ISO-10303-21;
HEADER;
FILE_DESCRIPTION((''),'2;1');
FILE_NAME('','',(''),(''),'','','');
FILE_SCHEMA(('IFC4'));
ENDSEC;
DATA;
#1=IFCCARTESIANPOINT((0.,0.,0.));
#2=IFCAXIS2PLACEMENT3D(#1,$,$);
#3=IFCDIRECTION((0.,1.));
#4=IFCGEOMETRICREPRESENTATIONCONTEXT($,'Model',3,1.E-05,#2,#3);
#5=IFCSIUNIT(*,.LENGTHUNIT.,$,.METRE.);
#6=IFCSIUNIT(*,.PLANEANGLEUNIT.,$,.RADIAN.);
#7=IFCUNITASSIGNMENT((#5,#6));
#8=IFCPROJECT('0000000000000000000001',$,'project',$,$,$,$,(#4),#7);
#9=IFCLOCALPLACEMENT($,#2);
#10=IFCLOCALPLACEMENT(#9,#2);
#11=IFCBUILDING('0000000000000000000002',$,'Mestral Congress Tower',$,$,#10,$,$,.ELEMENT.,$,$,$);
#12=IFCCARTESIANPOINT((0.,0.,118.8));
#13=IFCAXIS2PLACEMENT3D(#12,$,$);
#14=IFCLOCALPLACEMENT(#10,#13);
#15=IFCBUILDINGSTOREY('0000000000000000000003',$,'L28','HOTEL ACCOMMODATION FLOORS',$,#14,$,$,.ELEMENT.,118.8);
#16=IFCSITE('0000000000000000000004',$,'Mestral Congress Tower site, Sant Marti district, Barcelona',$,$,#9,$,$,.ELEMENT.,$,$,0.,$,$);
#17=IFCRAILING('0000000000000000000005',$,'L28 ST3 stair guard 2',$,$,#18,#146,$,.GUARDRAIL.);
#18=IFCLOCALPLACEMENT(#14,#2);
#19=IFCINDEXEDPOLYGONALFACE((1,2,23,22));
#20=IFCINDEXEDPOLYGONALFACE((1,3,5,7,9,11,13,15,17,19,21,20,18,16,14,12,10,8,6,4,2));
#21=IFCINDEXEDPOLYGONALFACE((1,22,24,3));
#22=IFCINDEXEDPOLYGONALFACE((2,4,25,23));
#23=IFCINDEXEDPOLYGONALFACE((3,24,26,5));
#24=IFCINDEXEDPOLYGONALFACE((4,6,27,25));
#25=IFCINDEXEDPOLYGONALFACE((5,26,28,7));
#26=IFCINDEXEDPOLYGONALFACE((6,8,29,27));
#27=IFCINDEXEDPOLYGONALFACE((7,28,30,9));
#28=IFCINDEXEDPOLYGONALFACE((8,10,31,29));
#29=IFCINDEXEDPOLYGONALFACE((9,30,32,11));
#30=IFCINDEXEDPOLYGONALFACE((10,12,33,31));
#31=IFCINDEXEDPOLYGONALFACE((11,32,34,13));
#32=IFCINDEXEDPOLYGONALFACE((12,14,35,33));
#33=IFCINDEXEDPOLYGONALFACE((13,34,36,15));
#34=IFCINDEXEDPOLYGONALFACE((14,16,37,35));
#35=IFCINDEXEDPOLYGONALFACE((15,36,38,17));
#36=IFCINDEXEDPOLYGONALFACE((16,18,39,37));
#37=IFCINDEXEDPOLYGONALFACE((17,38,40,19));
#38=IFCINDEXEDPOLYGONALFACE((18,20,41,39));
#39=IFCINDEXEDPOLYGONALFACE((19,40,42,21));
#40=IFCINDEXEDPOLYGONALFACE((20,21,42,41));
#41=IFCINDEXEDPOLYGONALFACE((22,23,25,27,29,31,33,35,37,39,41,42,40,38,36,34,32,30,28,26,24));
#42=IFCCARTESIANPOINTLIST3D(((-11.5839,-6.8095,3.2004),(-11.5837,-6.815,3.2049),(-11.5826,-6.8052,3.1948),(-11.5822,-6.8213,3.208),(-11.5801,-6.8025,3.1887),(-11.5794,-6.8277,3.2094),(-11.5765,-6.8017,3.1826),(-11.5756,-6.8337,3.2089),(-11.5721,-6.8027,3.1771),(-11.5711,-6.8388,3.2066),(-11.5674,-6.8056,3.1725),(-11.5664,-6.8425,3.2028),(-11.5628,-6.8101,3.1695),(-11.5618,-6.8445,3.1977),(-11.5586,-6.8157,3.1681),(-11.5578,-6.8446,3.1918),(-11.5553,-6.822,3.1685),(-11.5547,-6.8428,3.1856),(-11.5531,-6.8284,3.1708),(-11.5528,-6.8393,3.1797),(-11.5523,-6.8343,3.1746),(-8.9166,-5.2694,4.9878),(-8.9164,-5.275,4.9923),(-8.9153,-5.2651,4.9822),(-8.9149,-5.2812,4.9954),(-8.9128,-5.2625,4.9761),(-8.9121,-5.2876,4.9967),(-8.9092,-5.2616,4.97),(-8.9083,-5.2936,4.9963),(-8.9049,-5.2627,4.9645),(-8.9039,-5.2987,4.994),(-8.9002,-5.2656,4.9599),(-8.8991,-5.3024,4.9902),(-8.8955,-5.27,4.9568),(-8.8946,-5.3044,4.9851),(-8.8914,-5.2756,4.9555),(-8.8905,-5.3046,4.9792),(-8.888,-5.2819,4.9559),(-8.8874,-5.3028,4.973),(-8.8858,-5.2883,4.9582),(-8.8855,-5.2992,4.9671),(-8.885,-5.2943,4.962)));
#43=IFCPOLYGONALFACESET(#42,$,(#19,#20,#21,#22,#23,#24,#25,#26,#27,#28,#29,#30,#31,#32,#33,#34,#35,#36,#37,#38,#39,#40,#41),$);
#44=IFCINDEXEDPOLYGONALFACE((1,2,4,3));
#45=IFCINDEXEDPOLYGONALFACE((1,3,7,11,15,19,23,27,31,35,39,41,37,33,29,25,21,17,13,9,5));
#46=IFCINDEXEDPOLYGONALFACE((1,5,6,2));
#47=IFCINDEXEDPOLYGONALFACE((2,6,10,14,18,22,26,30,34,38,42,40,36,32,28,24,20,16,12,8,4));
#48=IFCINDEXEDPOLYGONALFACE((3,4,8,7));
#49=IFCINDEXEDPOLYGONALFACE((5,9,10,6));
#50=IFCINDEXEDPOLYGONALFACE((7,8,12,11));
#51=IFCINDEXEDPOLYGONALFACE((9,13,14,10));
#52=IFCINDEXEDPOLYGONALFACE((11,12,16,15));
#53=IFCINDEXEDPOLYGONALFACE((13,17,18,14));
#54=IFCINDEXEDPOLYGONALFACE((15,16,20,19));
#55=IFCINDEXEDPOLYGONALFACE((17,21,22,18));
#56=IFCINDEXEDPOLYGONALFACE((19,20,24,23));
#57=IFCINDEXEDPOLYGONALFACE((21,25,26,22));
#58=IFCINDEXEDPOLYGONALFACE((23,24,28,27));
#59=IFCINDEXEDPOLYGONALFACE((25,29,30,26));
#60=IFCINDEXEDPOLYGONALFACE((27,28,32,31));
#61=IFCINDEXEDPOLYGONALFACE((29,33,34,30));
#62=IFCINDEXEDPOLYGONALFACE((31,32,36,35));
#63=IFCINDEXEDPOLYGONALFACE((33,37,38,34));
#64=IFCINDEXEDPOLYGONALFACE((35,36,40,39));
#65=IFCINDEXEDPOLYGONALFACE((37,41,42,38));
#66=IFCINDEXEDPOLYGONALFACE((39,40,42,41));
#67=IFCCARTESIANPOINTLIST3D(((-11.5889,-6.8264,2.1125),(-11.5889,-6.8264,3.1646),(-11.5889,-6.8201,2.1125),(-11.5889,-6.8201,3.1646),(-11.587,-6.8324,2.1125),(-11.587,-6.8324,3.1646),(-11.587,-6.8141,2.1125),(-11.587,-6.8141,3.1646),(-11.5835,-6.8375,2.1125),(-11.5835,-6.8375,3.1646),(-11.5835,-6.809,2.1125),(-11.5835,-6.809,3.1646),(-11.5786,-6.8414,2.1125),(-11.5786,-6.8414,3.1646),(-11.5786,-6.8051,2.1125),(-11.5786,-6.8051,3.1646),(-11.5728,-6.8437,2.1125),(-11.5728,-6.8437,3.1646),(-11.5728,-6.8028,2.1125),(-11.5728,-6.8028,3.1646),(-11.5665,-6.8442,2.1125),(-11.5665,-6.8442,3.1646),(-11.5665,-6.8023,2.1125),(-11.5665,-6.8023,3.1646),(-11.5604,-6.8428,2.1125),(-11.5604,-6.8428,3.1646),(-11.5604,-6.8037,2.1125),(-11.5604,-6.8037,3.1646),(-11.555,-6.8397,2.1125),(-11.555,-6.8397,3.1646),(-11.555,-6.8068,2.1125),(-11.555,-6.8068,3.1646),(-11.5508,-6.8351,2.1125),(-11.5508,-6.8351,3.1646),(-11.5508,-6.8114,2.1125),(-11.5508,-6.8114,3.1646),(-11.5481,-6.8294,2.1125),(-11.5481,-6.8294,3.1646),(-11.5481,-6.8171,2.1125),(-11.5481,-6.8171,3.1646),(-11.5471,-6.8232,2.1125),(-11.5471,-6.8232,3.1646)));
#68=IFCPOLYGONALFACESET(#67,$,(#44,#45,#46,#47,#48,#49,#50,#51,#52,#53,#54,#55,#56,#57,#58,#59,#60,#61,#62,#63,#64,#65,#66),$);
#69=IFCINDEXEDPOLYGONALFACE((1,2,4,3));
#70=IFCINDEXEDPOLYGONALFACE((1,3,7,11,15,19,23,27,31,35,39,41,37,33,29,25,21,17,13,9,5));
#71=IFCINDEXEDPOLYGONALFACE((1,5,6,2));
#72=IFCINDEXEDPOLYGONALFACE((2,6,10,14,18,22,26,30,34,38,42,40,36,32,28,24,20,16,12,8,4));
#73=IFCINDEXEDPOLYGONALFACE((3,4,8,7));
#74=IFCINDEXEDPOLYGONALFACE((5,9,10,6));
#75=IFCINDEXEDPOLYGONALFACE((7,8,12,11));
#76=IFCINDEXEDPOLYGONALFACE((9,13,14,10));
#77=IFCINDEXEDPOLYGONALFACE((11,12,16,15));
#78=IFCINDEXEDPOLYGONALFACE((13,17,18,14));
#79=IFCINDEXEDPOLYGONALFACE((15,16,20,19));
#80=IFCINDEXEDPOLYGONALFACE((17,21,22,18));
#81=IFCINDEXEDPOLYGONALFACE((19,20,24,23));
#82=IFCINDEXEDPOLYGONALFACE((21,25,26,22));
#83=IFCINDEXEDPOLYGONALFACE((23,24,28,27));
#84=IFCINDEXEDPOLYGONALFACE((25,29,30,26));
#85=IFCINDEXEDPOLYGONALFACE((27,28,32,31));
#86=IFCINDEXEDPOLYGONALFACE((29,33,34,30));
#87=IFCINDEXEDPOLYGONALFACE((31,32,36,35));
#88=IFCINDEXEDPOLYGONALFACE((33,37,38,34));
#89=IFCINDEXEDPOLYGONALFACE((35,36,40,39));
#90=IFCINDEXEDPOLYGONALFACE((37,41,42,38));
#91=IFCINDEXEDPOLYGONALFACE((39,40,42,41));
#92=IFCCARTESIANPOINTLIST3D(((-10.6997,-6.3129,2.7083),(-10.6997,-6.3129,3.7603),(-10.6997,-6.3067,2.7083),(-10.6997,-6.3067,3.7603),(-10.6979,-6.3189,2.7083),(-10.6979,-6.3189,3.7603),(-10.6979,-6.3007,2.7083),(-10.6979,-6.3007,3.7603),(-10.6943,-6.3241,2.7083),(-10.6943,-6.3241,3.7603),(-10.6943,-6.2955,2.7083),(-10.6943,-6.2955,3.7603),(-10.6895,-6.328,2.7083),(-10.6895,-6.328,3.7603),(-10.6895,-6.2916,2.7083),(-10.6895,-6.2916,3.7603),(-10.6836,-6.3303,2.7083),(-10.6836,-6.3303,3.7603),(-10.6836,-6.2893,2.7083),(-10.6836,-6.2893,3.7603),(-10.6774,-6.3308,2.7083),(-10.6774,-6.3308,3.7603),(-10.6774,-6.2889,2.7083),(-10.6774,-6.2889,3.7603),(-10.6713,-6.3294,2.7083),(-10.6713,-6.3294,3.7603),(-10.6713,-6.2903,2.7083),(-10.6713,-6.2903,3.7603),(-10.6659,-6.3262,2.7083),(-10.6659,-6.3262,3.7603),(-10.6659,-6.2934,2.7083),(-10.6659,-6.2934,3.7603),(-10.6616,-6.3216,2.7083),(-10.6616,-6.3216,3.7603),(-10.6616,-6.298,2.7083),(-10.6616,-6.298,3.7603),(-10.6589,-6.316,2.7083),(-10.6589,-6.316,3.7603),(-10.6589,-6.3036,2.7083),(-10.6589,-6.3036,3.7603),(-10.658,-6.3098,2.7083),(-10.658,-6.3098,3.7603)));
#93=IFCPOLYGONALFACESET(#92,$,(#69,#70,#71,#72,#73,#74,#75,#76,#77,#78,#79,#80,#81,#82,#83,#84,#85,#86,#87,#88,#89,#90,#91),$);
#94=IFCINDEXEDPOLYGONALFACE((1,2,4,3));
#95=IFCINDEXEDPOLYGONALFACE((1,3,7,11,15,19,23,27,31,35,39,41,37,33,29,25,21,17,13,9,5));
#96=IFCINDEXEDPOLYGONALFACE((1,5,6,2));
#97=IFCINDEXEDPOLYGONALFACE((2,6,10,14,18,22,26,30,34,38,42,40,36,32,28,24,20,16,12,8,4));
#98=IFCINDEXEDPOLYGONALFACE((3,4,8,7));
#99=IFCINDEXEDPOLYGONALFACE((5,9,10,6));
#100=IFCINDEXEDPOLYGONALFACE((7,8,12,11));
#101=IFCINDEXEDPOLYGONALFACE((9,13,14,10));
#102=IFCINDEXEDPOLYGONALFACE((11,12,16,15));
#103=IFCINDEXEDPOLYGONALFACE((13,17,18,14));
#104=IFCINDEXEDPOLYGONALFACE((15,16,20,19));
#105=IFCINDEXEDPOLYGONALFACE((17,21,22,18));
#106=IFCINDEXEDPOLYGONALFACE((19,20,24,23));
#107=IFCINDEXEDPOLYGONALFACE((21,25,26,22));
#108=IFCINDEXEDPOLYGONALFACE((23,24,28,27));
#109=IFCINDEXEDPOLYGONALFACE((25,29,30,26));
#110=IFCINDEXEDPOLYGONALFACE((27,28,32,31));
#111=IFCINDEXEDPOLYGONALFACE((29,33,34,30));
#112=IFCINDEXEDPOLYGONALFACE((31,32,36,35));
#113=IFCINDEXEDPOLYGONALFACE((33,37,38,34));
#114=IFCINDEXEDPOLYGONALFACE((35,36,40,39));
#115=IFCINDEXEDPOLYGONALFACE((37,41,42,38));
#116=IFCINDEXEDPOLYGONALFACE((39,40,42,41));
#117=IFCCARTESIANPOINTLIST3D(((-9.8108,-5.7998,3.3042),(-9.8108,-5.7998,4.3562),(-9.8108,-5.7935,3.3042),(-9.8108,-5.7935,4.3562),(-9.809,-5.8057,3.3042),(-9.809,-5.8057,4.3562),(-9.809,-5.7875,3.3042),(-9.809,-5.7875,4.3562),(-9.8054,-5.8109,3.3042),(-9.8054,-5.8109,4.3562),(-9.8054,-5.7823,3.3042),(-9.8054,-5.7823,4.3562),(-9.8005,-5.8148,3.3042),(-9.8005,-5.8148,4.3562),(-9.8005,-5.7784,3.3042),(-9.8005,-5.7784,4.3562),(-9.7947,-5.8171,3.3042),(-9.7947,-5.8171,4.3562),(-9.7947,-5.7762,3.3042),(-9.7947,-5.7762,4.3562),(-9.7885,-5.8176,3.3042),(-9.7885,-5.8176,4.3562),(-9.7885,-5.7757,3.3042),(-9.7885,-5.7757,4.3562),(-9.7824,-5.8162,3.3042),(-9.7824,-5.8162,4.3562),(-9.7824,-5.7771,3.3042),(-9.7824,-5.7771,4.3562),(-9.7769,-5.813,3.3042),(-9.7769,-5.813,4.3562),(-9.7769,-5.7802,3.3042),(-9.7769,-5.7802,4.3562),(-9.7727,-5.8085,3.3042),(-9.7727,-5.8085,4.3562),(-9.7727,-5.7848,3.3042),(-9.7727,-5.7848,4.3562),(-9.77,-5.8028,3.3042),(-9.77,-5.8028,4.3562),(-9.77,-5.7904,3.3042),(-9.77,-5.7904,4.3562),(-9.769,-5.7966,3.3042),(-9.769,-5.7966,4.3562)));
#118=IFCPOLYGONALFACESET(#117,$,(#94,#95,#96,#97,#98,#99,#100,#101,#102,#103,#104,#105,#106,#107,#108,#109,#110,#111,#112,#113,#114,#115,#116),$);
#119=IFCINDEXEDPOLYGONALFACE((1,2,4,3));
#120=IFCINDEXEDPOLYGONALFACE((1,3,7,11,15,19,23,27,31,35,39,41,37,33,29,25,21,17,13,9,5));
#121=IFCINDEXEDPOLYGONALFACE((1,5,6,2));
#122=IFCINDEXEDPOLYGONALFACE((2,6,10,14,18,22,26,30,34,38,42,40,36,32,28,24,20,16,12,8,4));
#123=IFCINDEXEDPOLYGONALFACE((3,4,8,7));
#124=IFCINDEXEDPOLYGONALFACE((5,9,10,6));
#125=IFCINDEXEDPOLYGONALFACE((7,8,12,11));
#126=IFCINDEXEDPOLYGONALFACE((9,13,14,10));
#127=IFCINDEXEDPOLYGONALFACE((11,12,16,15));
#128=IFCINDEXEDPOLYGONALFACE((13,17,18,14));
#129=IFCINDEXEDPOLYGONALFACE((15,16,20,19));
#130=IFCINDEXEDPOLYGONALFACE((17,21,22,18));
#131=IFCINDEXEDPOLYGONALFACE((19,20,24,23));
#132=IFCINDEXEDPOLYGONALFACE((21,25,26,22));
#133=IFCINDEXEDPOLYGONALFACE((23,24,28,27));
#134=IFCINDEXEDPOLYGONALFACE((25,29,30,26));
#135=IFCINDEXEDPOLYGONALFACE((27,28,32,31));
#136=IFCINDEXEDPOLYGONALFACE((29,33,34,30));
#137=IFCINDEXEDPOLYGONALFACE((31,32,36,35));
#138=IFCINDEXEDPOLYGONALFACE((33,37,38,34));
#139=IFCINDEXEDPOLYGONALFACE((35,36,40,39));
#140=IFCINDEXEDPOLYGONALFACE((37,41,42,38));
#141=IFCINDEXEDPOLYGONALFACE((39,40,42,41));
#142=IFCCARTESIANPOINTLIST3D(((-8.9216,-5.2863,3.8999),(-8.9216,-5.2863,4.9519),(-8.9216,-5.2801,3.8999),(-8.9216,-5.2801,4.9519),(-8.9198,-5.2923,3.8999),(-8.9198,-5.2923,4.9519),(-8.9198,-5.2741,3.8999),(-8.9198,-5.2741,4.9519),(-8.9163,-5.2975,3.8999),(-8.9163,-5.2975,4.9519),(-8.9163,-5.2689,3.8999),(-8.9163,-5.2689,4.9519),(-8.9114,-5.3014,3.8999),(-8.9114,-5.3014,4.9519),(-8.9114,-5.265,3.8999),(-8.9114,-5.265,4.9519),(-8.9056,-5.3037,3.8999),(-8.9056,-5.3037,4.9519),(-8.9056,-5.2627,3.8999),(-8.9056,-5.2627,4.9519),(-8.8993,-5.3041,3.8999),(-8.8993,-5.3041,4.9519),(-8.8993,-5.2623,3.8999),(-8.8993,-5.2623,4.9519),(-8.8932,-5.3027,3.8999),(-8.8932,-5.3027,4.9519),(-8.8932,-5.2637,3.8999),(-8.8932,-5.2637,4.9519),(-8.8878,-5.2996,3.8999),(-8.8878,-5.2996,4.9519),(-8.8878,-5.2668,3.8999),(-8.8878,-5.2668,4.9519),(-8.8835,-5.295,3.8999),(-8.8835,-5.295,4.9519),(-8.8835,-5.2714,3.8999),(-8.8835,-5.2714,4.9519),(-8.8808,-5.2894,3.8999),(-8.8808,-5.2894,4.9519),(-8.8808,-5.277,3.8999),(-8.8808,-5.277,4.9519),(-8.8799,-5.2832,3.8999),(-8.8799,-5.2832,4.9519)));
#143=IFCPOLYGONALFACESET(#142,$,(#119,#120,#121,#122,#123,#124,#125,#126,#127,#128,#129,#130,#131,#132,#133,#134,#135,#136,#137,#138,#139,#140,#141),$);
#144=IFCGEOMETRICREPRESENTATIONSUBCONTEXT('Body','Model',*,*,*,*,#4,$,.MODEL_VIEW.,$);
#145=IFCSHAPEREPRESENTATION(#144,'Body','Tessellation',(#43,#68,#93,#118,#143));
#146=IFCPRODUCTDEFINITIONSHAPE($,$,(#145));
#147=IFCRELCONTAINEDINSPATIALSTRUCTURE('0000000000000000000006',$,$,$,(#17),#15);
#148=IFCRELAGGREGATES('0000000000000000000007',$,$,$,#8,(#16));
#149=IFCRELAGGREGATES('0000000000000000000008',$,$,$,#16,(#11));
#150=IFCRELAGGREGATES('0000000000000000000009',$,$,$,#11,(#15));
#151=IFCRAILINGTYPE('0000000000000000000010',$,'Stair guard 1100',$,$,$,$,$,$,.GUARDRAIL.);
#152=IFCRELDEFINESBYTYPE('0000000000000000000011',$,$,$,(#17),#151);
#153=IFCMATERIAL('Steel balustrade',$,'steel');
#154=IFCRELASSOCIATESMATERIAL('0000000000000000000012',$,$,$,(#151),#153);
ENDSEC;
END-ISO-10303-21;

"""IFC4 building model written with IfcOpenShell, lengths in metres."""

from ifc_helpers import new_model, si_unit, direction, frame, origin, origin_2d, place, context, subcontext, project, spatial, circle, extrude, material, type_object, element, save


model = new_model("IFC4")

# Units and contexts
model_context = context("Model", 3, precision=1e-05, world=origin(), true_north=direction((0.0, 1.0)))
body_context = subcontext(model_context, "Body", "Model", "MODEL_VIEW")
ifc_project = project(units=[si_unit("LENGTHUNIT", "METRE"), si_unit("PLANEANGLEUNIT", "RADIAN")], contexts=[model_context])

# Site, building, storey
site_placement = place(None, origin())
site = spatial("IfcSite", under=ifc_project, at=site_placement, Name="Mestral Congress Tower site, Sant Marti district, Barcelona", CompositionType="ELEMENT", RefElevation=0.0)
building_placement = place(site_placement, origin())
building = spatial("IfcBuilding", under=site, at=building_placement, Name="Mestral Congress Tower", CompositionType="ELEMENT")
storey_placement = place(building_placement, frame((0.0, 0.0, 118.8)))
storey = spatial("IfcBuildingStorey", under=building, at=storey_placement, Name="L28", Description="HOTEL ACCOMMODATION FLOORS", CompositionType="ELEMENT", Elevation=118.8)

# Railing
ifc_material_1 = material(Name="Steel balustrade", Category="steel")
railing_type_1 = type_object("IfcRailingType", Name="Stair guard 1100", PredefinedType="GUARDRAIL", material=ifc_material_1)
railing_1_placement = place(storey_placement, frame((-11.5681, -6.8232, 2.1125)))
element("IfcRailing", 1, at=railing_1_placement, inside=storey, type_object=railing_type_1, Name="L28 ST3 stair guard 2", PredefinedType="GUARDRAIL", context=body_context, shape_type="SweptSolid", body=[
    extrude(circle(Radius=0.0239, at=origin_2d()), frame((0.0, 0.0, 1.0762), z_axis=(0.74902, 0.432477, 0.501929), x_axis=(-0.500027, 0.86601, 0.0)), (0.0, 0.0, 1.0), 3.561),
    extrude(circle(Radius=0.021, at=origin_2d()), origin(), (0.0, 0.0, 1.0), 1.052),
    extrude(circle(Radius=0.021, at=origin_2d()), frame((0.8892, 0.5134, 0.5957)), (0.0, 0.0, 1.0), 1.052),
    extrude(circle(Radius=0.021, at=origin_2d()), frame((1.7781, 1.0266, 1.1917)), (0.0, 0.0, 1.0), 1.052),
    extrude(circle(Radius=0.021, at=origin_2d()), frame((2.6672, 1.54, 1.7874)), (0.0, 0.0, 1.0), 1.052),
])

save(model, "model.ifc")
